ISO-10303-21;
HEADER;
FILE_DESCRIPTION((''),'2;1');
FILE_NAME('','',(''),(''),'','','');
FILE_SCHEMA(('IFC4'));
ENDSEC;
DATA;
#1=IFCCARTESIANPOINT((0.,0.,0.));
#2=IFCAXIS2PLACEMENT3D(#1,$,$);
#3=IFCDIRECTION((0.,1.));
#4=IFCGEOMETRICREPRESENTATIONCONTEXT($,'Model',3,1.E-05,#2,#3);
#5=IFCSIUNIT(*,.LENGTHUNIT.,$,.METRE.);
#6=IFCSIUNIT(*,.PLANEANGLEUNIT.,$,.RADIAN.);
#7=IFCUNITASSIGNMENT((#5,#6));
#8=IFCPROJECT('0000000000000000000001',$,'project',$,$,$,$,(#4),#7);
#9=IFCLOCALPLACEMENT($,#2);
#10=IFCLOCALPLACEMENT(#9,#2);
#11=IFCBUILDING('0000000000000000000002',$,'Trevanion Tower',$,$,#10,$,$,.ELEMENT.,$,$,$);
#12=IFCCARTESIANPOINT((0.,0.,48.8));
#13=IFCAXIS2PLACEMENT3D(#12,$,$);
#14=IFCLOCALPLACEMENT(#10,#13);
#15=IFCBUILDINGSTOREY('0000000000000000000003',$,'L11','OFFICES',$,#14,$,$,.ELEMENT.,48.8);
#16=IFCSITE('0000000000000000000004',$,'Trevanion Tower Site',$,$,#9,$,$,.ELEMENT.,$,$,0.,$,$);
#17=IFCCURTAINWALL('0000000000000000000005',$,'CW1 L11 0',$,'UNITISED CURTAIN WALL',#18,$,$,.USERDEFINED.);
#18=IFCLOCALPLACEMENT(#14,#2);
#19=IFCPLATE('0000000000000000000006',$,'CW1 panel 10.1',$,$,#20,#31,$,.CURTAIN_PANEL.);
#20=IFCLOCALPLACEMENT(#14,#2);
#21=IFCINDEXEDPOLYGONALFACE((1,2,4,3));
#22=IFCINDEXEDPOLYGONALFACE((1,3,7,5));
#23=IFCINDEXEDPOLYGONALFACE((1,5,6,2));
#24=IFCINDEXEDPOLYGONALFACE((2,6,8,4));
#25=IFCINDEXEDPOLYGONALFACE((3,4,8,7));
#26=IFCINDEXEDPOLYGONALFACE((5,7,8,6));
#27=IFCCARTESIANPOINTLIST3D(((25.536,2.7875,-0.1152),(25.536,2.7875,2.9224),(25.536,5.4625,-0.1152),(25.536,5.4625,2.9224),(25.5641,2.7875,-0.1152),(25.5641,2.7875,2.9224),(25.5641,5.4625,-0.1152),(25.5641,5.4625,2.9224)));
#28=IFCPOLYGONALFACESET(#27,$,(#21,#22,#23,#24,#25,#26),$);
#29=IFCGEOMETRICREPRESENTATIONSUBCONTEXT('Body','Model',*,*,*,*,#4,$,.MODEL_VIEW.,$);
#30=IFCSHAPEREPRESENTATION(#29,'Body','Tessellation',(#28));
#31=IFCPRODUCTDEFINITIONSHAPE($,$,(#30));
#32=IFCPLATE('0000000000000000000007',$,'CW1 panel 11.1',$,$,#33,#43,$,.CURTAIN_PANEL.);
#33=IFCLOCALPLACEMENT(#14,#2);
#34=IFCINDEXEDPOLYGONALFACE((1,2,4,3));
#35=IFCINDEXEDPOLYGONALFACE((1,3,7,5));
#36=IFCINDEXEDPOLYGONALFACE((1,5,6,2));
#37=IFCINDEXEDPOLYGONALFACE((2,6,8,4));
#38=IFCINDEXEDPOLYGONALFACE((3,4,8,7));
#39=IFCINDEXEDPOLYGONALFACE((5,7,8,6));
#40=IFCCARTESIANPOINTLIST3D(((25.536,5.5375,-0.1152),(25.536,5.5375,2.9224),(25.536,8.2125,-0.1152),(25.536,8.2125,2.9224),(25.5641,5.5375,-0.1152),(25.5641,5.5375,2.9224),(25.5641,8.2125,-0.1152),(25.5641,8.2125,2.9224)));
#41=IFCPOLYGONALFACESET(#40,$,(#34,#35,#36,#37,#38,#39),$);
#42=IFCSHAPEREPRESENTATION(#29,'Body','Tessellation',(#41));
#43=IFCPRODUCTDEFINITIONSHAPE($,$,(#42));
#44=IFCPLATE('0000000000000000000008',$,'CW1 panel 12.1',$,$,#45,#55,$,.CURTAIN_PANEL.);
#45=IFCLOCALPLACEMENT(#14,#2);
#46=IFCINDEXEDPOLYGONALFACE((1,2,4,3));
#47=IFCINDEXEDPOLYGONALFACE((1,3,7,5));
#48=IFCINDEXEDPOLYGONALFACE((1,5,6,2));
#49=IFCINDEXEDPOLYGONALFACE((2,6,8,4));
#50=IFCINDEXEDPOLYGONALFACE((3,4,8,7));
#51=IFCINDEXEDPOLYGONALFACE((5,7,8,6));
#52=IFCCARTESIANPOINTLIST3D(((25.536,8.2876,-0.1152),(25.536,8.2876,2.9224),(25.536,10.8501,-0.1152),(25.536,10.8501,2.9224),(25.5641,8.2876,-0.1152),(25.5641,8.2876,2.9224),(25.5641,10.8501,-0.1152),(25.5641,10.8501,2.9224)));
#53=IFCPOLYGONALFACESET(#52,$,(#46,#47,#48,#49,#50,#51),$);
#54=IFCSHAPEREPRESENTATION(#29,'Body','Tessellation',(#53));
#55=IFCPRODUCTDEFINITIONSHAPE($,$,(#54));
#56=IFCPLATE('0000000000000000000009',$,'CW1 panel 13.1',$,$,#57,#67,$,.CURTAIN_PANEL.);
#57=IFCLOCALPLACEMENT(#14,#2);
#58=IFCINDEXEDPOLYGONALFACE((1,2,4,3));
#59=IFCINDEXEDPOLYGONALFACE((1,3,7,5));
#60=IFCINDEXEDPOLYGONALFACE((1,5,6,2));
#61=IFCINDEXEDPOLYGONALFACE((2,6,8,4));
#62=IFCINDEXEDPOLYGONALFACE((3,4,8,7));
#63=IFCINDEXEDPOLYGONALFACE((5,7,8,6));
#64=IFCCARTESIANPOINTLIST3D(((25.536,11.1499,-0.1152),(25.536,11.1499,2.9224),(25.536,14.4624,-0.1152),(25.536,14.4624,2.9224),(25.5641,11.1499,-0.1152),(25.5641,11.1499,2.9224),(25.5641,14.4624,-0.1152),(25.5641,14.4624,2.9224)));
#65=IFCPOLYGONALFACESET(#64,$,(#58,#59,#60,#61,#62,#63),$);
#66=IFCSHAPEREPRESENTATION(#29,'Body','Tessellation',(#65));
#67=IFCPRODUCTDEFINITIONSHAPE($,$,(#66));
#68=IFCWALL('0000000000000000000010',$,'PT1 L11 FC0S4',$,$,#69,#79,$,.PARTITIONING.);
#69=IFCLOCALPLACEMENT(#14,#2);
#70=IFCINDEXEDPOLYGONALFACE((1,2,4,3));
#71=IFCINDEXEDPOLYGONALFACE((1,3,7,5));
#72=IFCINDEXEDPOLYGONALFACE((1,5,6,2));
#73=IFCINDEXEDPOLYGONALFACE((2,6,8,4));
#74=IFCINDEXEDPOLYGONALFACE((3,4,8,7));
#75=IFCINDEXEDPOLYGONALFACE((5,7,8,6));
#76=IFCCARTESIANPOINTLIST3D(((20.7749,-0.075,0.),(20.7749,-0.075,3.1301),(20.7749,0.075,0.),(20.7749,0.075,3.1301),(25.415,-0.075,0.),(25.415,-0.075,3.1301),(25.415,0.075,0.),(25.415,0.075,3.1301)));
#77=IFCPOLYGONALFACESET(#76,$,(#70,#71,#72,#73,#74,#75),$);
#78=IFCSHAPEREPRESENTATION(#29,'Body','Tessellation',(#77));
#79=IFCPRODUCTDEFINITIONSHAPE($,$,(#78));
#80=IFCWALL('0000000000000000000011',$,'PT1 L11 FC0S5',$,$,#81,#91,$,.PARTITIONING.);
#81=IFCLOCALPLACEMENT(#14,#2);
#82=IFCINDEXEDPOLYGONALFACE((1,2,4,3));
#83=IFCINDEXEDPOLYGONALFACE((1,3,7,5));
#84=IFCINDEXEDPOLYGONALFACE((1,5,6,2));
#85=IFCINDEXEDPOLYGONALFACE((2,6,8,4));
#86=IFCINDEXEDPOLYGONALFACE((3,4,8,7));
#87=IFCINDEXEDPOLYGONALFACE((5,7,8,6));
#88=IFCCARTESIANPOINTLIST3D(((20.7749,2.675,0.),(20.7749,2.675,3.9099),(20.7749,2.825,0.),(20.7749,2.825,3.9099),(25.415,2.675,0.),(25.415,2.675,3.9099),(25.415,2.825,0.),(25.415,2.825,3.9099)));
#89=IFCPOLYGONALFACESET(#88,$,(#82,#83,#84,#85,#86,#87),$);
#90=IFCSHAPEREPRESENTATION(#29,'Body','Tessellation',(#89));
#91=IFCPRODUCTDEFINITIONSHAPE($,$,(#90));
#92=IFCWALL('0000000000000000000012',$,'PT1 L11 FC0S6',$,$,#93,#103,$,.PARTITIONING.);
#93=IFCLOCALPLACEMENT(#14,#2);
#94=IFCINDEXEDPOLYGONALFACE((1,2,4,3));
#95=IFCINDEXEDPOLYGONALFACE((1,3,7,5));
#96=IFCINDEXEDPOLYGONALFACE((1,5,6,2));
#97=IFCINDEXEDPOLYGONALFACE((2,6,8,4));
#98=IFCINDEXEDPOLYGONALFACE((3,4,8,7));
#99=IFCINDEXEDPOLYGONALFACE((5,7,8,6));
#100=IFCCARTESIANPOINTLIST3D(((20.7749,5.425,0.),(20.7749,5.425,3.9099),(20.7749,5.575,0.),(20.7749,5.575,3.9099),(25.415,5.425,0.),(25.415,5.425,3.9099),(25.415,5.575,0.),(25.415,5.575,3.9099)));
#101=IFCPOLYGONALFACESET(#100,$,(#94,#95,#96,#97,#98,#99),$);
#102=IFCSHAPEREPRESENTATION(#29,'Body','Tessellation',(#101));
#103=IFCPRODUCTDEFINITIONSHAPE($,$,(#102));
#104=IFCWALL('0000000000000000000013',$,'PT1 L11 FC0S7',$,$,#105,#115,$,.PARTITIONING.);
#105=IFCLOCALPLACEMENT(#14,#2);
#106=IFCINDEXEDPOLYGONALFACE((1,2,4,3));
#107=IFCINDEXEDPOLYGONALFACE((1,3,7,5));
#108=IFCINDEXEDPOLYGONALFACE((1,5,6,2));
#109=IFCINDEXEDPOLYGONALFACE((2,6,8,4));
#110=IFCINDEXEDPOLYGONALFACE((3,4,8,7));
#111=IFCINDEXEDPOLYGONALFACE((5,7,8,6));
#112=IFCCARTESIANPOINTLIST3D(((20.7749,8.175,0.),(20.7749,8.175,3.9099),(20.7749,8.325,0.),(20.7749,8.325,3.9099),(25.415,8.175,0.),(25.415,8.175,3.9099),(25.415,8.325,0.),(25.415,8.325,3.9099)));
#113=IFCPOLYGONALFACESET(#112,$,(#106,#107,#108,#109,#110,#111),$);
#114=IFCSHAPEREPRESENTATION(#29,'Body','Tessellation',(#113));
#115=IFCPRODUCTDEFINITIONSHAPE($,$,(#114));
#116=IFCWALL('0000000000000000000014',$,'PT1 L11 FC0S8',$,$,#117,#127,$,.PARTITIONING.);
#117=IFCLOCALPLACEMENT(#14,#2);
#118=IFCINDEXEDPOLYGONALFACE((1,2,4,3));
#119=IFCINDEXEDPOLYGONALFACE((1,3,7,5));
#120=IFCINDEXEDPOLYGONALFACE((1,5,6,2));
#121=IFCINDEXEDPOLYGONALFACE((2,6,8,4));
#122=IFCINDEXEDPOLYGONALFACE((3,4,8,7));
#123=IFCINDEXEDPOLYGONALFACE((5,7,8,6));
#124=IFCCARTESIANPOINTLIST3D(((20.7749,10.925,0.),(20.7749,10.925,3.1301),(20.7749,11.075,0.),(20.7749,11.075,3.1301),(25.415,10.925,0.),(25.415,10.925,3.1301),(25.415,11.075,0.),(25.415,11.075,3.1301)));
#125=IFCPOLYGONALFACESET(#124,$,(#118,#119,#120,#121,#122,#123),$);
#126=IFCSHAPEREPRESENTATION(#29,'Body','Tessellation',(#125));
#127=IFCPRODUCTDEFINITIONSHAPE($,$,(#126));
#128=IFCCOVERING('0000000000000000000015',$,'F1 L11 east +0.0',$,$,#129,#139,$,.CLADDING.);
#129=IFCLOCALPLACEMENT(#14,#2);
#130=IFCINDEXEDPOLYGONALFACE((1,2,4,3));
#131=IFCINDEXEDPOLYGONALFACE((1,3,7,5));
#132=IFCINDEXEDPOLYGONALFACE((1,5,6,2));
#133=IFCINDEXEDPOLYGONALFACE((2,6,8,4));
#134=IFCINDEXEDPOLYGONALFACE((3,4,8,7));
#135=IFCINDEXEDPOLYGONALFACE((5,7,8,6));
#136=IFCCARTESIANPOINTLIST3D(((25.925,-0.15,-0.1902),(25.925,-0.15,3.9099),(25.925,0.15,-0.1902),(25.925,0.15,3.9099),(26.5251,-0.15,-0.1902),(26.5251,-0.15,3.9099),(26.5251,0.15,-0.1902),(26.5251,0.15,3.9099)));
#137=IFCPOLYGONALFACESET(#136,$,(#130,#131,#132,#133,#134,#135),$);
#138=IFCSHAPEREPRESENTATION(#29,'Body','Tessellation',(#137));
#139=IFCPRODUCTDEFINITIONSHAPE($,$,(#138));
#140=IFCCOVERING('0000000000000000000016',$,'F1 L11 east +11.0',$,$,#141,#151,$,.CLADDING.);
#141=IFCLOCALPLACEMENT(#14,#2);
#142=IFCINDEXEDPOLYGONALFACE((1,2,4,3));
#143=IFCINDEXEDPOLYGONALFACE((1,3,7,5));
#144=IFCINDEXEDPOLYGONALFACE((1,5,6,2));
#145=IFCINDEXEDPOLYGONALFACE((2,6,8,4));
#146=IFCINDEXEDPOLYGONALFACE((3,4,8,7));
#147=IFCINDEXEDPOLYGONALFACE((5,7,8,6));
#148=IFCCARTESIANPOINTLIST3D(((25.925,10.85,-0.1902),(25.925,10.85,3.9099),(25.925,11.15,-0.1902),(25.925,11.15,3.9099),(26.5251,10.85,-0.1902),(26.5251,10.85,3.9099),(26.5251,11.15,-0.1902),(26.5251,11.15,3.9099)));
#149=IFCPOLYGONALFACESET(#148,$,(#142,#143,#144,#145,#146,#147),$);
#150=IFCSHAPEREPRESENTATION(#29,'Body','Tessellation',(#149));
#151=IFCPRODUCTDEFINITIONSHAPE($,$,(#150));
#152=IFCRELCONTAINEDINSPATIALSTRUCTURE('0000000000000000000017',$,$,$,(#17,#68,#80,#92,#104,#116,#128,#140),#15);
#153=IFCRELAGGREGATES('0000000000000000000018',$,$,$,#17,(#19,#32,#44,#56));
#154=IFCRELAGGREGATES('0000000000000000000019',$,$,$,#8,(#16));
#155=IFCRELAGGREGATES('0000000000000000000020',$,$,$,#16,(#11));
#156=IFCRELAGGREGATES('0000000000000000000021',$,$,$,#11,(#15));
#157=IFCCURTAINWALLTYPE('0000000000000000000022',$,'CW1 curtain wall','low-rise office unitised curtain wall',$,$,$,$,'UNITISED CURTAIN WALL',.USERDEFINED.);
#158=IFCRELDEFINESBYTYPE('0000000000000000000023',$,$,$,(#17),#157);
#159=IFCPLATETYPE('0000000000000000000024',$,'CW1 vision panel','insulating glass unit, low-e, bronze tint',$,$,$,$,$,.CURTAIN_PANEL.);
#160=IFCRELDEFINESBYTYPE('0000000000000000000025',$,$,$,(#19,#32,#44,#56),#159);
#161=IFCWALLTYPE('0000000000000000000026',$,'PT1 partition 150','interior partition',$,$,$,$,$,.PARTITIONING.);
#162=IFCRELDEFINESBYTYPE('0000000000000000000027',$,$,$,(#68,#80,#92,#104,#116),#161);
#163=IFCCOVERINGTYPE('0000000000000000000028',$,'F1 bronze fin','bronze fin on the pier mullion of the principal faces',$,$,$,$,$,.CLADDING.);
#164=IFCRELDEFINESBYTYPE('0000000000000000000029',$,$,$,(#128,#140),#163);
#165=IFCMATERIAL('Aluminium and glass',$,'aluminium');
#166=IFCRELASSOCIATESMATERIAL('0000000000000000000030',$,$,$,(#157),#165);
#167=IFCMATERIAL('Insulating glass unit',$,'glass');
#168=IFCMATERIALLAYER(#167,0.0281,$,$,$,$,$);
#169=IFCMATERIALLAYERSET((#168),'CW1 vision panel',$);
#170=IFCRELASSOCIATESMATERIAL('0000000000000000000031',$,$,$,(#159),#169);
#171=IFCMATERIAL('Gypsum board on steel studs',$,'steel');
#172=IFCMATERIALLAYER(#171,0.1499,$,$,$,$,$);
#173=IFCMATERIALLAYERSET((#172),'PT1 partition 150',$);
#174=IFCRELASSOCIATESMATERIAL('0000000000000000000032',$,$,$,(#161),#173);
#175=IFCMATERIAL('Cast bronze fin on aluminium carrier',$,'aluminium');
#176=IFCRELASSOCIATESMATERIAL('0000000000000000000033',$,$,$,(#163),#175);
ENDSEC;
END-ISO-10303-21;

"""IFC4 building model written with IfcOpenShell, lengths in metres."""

from ifc_helpers import new_model, si_unit, direction, frame, frame_2d, origin, origin_2d, place, context, subcontext, project, spatial, rectangle, extrude, material, layer, layer_set, type_object, element, aggregate, save


model = new_model("IFC4")

# Units and contexts
model_context = context("Model", 3, precision=1e-05, world=origin(), true_north=direction((0.0, 1.0)))
body_context = subcontext(model_context, "Body", "Model", "MODEL_VIEW")
ifc_project = project(units=[si_unit("LENGTHUNIT", "METRE"), si_unit("PLANEANGLEUNIT", "RADIAN")], contexts=[model_context])

# Site, building, storey
site_placement = place(None, origin())
site = spatial("IfcSite", under=ifc_project, at=site_placement, Name="Trevanion Tower Site", CompositionType="ELEMENT", RefElevation=0.0)
building_placement = place(site_placement, origin())
building = spatial("IfcBuilding", under=site, at=building_placement, Name="Trevanion Tower", CompositionType="ELEMENT")
storey_placement = place(building_placement, frame((0.0, 0.0, 48.8)))
storey = spatial("IfcBuildingStorey", under=building, at=storey_placement, Name="L11", Description="OFFICES", CompositionType="ELEMENT", Elevation=48.8)

# Curtain wall
ifc_material_1 = material(Name="Aluminium and glass", Category="aluminium")
curtain_wall_type = type_object("IfcCurtainWallType", Name="CW1 curtain wall", Description="low-rise office unitised curtain wall", ElementType="UNITISED CURTAIN WALL", PredefinedType="USERDEFINED", material=ifc_material_1)
curtain_wall_placement = place(storey_placement, origin())
curtain_wall = element("IfcCurtainWall", 1, at=curtain_wall_placement, inside=storey, type_object=curtain_wall_type, Name="CW1 L11 0", ObjectType="UNITISED CURTAIN WALL", PredefinedType="USERDEFINED")

# Plates
ifc_material_2 = material(Name="Insulating glass unit", Category="glass")
ifc_layer_1 = layer(ifc_material_2, 0.0281)
ifc_layer_set_1 = layer_set([ifc_layer_1], Name="CW1 vision panel")
plate_type_1 = type_object("IfcPlateType", Name="CW1 vision panel", Description="insulating glass unit, low-e, bronze tint", PredefinedType="CURTAIN_PANEL", material=ifc_layer_set_1)
plate_1_placement = place(storey_placement, frame((25.55, 4.125, -0.1152), z_axis=(0.0, 0.0, 1.0), x_axis=(0.0, 1.0, 0.0)))
plate_1 = element("IfcPlate", 2, at=plate_1_placement, type_object=plate_type_1, Name="CW1 panel 10.1", PredefinedType="CURTAIN_PANEL", context=body_context, shape_type="SweptSolid", body=[
    extrude(rectangle(XDim=2.675, YDim=0.0281, at=origin_2d()), origin(), (0.0, 0.0, 1.0), 3.0376),
])
plate_2_placement = place(storey_placement, frame((25.55, 6.875, -0.1152), z_axis=(0.0, 0.0, 1.0), x_axis=(0.0, 1.0, 0.0)))
plate_2 = element("IfcPlate", 3, at=plate_2_placement, type_object=plate_type_1, Name="CW1 panel 11.1", PredefinedType="CURTAIN_PANEL", context=body_context, shape_type="SweptSolid", body=[
    extrude(rectangle(XDim=2.675, YDim=0.0281, at=origin_2d()), origin(), (0.0, 0.0, 1.0), 3.0376),
])
plate_3_placement = place(storey_placement, frame((25.55, 9.5688, -0.1152), z_axis=(0.0, 0.0, 1.0), x_axis=(0.0, 1.0, 0.0)))
plate_3 = element("IfcPlate", 4, at=plate_3_placement, type_object=plate_type_1, Name="CW1 panel 12.1", PredefinedType="CURTAIN_PANEL", context=body_context, shape_type="SweptSolid", body=[
    extrude(rectangle(XDim=2.5625, YDim=0.0281, at=origin_2d()), origin(), (0.0, 0.0, 1.0), 3.0376),
])
plate_4_placement = place(storey_placement, frame((25.55, 12.8062, -0.1152), z_axis=(0.0, 0.0, 1.0), x_axis=(0.0, 1.0, 0.0)))
plate_4 = element("IfcPlate", 5, at=plate_4_placement, type_object=plate_type_1, Name="CW1 panel 13.1", PredefinedType="CURTAIN_PANEL", context=body_context, shape_type="SweptSolid", body=[
    extrude(rectangle(XDim=3.3125, YDim=0.0281, at=origin_2d()), origin(), (0.0, 0.0, 1.0), 3.0376),
])
aggregate(curtain_wall, [plate_1, plate_2, plate_3, plate_4])

# Walls
ifc_material_3 = material(Name="Gypsum board on steel studs", Category="steel")
ifc_layer_2 = layer(ifc_material_3, 0.1499)
ifc_layer_set_2 = layer_set([ifc_layer_2], Name="PT1 partition 150")
wall_type = type_object("IfcWallType", Name="PT1 partition 150", Description="interior partition", PredefinedType="PARTITIONING", material=ifc_layer_set_2)
wall_1_placement = place(storey_placement, frame((20.7749, 0.0, 0.0), z_axis=(0.0, 0.0, 1.0), x_axis=(1.0, 0.0, 0.0)))
element("IfcWall", 6, at=wall_1_placement, inside=storey, type_object=wall_type, Name="PT1 L11 FC0S4", PredefinedType="PARTITIONING", context=body_context, shape_type="SweptSolid", body=[
    extrude(rectangle(XDim=4.6401, YDim=0.1499, at=frame_2d((2.3201, 0.0))), origin(), (0.0, 0.0, 1.0), 3.1301),
])
for number, where, z_axis, x_axis, name in (
    (7, (20.7749, 2.75, 0.0), (0.0, 0.0, 1.0), (1.0, 0.0, 0.0), "PT1 L11 FC0S5"),
    (8, (20.7749, 5.5, 0.0), (0.0, 0.0, 1.0), (1.0, 0.0, 0.0), "PT1 L11 FC0S6"),
    (9, (20.7749, 8.25, 0.0), (0.0, 0.0, 1.0), (1.0, 0.0, 0.0), "PT1 L11 FC0S7"),
):
    element("IfcWall", number, at=place(storey_placement, frame(where, z_axis=z_axis, x_axis=x_axis)), inside=storey, type_object=wall_type, Name=name, PredefinedType="PARTITIONING", context=body_context, shape_type="SweptSolid", body=[
        extrude(rectangle(XDim=4.6401, YDim=0.1499, at=frame_2d((2.3201, 0.0))), origin(), (0.0, 0.0, 1.0), 3.9099),
    ])
wall_2_placement = place(storey_placement, frame((20.7749, 11.0, 0.0), z_axis=(0.0, 0.0, 1.0), x_axis=(1.0, 0.0, 0.0)))
element("IfcWall", 10, at=wall_2_placement, inside=storey, type_object=wall_type, Name="PT1 L11 FC0S8", PredefinedType="PARTITIONING", context=body_context, shape_type="SweptSolid", body=[
    extrude(rectangle(XDim=4.6401, YDim=0.1499, at=frame_2d((2.3201, 0.0))), origin(), (0.0, 0.0, 1.0), 3.1301),
])

# Coverings
ifc_material_4 = material(Name="Cast bronze fin on aluminium carrier", Category="aluminium")
covering_type = type_object("IfcCoveringType", Name="F1 bronze fin", Description="bronze fin on the pier mullion of the principal faces", PredefinedType="CLADDING", material=ifc_material_4)
for number, where, z_axis, x_axis, name in (
    (11, (26.2251, 0.0, -0.1902), (0.0, 0.0, 1.0), (0.0, 1.0, 0.0), "F1 L11 east +0.0"),
    (12, (26.2251, 11.0, -0.1902), (0.0, 0.0, 1.0), (0.0, 1.0, 0.0), "F1 L11 east +11.0"),
):
    element("IfcCovering", number, at=place(storey_placement, frame(where, z_axis=z_axis, x_axis=x_axis)), inside=storey, type_object=covering_type, Name=name, PredefinedType="CLADDING", context=body_context, shape_type="SweptSolid", body=[
        extrude(rectangle(XDim=0.3, YDim=0.6001, at=origin_2d()), origin(), (0.0, 0.0, 1.0), 4.1001),
    ])

save(model, "model.ifc")
